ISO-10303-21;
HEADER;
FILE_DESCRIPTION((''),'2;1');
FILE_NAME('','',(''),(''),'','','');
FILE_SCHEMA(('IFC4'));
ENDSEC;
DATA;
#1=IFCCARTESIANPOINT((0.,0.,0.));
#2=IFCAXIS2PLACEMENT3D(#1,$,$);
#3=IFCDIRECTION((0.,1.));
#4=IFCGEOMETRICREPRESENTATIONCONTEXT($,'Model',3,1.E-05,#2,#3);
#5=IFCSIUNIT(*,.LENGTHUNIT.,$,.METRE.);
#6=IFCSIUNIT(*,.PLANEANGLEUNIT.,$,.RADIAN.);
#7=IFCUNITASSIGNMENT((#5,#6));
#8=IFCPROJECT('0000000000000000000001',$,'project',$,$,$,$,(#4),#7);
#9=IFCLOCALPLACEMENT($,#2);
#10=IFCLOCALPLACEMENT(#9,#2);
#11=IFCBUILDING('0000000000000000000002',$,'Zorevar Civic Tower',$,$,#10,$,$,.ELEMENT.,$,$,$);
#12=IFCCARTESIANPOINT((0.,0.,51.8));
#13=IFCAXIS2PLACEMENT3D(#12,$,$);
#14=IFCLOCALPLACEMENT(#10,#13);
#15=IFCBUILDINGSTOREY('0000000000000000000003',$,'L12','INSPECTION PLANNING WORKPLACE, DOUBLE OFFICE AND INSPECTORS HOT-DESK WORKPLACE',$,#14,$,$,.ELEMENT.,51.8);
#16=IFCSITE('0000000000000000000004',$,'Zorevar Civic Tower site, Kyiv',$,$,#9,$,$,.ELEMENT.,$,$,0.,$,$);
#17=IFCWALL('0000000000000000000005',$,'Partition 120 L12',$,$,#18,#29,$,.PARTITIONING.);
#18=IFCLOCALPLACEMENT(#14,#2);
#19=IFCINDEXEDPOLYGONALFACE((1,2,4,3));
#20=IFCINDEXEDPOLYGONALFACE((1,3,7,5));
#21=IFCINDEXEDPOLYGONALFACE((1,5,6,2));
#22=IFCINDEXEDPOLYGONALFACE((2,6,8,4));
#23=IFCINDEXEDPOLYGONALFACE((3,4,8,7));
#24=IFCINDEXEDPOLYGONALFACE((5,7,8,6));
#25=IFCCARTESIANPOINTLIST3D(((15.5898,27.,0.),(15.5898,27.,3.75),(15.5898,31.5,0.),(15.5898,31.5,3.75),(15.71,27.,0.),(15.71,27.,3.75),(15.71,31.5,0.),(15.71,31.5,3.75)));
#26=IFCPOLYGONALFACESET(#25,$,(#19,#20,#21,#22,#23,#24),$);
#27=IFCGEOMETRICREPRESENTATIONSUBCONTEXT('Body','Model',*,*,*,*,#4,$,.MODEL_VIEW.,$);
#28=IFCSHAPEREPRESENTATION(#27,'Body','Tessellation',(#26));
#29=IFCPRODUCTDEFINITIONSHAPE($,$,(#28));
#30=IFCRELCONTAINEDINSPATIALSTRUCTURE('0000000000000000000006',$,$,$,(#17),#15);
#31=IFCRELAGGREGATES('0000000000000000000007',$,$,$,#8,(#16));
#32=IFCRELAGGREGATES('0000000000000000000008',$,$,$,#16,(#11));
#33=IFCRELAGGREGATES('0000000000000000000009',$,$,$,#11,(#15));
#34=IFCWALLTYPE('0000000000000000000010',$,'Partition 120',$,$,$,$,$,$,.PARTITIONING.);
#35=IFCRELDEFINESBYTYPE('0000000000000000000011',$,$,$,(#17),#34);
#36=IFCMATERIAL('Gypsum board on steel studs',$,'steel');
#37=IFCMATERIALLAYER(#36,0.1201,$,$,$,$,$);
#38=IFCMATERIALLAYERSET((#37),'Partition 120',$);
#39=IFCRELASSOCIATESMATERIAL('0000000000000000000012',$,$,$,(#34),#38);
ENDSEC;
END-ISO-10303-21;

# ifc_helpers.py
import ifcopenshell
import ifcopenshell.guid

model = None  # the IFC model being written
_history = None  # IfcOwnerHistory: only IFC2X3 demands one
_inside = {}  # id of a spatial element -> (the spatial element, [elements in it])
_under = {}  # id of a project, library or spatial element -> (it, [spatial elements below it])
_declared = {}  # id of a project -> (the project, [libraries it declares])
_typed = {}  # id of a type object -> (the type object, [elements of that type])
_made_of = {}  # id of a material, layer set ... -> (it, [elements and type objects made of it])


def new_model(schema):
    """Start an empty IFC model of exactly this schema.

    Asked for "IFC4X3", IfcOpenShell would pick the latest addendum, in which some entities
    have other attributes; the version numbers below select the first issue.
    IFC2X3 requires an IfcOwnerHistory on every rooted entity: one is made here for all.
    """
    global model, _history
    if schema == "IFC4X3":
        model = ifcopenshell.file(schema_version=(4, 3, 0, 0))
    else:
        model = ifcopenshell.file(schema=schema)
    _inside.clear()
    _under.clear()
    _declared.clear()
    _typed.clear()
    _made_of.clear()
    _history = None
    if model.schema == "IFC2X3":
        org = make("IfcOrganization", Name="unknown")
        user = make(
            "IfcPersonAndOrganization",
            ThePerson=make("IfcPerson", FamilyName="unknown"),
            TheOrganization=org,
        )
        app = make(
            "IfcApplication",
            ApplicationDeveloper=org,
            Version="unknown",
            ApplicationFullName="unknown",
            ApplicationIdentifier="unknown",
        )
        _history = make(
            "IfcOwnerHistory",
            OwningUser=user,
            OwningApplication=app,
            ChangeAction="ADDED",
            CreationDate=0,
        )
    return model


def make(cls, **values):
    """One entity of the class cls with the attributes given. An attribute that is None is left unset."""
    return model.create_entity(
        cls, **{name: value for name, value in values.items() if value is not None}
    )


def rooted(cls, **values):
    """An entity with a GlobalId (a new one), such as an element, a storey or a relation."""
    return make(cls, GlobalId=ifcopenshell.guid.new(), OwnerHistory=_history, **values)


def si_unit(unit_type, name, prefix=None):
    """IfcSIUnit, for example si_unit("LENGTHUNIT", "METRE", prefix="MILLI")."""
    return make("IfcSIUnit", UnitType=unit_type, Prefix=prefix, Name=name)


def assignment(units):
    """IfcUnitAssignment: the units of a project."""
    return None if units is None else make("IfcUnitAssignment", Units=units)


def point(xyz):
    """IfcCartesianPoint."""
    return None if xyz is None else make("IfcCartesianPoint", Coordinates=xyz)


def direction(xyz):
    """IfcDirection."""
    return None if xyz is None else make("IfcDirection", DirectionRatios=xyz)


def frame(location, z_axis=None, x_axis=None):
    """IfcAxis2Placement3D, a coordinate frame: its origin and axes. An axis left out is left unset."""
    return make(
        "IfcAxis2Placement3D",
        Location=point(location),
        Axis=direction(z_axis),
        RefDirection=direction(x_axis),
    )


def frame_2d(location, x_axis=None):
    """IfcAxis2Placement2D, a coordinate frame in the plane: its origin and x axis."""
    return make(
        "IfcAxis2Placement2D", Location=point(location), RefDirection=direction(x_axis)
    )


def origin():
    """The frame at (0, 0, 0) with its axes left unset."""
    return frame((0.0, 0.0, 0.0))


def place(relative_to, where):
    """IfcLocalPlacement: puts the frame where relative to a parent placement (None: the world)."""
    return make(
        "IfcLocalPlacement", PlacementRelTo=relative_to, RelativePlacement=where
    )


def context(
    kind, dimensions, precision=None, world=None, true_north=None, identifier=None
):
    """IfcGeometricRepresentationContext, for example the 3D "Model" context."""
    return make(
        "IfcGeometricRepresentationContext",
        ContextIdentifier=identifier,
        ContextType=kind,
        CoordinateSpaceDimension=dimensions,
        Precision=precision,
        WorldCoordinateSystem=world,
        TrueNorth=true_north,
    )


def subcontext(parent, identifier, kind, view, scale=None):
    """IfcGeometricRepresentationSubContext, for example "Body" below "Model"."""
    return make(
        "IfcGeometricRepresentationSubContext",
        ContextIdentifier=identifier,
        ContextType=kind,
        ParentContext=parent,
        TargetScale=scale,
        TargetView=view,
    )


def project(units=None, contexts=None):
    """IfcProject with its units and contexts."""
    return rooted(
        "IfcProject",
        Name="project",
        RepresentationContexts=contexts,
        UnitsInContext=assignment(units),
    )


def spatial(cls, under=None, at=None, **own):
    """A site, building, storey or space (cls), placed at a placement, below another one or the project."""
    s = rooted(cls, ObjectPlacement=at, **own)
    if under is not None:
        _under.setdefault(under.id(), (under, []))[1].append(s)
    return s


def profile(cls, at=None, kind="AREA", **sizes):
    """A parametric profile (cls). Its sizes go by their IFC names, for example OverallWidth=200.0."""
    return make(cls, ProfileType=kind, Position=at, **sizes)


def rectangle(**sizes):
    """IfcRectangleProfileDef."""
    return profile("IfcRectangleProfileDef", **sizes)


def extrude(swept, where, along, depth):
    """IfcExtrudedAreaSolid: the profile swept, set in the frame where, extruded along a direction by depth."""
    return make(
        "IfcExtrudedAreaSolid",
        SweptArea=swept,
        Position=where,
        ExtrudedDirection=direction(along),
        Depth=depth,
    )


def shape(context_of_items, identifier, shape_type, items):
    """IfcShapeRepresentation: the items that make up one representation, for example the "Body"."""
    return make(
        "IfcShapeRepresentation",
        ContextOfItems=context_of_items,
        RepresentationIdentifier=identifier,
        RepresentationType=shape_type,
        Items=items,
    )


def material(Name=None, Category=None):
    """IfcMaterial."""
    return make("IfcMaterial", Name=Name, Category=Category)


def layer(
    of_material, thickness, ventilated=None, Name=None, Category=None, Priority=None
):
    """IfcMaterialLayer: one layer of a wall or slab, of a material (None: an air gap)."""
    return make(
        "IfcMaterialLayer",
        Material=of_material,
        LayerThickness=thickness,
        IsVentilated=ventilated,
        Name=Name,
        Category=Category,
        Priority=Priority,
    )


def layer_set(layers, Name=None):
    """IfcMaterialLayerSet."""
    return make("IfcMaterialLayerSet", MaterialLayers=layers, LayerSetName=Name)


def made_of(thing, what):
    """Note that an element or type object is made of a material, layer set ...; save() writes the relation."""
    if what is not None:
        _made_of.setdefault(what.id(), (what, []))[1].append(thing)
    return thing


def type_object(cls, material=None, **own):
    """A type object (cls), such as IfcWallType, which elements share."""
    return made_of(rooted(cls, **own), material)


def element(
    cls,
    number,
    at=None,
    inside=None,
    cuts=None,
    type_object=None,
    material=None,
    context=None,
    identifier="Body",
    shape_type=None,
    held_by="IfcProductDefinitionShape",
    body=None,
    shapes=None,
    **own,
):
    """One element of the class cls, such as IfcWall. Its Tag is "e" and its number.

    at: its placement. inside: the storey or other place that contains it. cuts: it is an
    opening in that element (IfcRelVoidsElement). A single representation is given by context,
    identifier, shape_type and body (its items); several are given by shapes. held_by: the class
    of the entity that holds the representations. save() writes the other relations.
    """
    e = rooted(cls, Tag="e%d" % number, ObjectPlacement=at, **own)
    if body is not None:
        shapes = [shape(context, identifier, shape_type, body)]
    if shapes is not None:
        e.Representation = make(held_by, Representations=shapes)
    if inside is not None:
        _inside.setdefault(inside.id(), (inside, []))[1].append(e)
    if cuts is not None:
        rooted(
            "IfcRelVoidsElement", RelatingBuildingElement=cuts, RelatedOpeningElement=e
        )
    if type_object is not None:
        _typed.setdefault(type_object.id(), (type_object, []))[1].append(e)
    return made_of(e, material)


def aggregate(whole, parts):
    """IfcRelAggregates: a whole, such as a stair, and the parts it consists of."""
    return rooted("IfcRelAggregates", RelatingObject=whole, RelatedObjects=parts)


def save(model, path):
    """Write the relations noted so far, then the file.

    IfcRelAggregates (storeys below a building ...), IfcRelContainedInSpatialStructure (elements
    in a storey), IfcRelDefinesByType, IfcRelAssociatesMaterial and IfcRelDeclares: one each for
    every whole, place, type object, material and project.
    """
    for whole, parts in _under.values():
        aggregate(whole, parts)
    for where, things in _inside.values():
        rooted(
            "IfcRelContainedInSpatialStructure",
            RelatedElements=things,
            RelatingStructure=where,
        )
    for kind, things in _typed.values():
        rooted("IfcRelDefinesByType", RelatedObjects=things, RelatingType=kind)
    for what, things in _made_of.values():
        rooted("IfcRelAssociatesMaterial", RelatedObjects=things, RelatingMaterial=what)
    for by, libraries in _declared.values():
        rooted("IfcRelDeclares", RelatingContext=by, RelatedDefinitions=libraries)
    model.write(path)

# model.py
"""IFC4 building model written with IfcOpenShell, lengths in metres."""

from ifc_helpers import new_model, si_unit, direction, frame, frame_2d, origin, place, context, subcontext, project, spatial, rectangle, extrude, material, layer, layer_set, type_object, element, save


model = new_model("IFC4")

# Units and contexts
model_context = context("Model", 3, precision=1e-05, world=origin(), true_north=direction((0.0, 1.0)))
body_context = subcontext(model_context, "Body", "Model", "MODEL_VIEW")
ifc_project = project(units=[si_unit("LENGTHUNIT", "METRE"), si_unit("PLANEANGLEUNIT", "RADIAN")], contexts=[model_context])

# Site, building, storey
site_placement = place(None, origin())
site = spatial("IfcSite", under=ifc_project, at=site_placement, Name="Zorevar Civic Tower site, Kyiv", CompositionType="ELEMENT", RefElevation=0.0)
building_placement = place(site_placement, origin())
building = spatial("IfcBuilding", under=site, at=building_placement, Name="Zorevar Civic Tower", CompositionType="ELEMENT")
storey_placement = place(building_placement, frame((0.0, 0.0, 51.8)))
storey = spatial("IfcBuildingStorey", under=building, at=storey_placement, Name="L12", Description="INSPECTION PLANNING WORKPLACE, DOUBLE OFFICE AND INSPECTORS HOT-DESK WORKPLACE", CompositionType="ELEMENT", Elevation=51.8)

# Shared definitions
ifc_material_1 = material(Name="Gypsum board on steel studs", Category="steel")
ifc_layer_1 = layer(ifc_material_1, 0.1201)
ifc_layer_set_1 = layer_set([ifc_layer_1], Name="Partition 120")
wall_type_1 = type_object("IfcWallType", Name="Partition 120", PredefinedType="PARTITIONING", material=ifc_layer_set_1)

# Wall
wall_1_placement = place(storey_placement, frame((15.6499, 27.0, 0.0), z_axis=(0.0, 0.0, 1.0), x_axis=(0.0, 1.0, 0.0)))
element("IfcWall", 1, at=wall_1_placement, inside=storey, type_object=wall_type_1, Name="Partition 120 L12", PredefinedType="PARTITIONING", context=body_context, shape_type="SweptSolid", body=[
    extrude(rectangle(XDim=4.5, YDim=0.1201, at=frame_2d((2.25, 0.0))), origin(), (0.0, 0.0, 1.0), 3.75),
])

save(model, "model.ifc")
